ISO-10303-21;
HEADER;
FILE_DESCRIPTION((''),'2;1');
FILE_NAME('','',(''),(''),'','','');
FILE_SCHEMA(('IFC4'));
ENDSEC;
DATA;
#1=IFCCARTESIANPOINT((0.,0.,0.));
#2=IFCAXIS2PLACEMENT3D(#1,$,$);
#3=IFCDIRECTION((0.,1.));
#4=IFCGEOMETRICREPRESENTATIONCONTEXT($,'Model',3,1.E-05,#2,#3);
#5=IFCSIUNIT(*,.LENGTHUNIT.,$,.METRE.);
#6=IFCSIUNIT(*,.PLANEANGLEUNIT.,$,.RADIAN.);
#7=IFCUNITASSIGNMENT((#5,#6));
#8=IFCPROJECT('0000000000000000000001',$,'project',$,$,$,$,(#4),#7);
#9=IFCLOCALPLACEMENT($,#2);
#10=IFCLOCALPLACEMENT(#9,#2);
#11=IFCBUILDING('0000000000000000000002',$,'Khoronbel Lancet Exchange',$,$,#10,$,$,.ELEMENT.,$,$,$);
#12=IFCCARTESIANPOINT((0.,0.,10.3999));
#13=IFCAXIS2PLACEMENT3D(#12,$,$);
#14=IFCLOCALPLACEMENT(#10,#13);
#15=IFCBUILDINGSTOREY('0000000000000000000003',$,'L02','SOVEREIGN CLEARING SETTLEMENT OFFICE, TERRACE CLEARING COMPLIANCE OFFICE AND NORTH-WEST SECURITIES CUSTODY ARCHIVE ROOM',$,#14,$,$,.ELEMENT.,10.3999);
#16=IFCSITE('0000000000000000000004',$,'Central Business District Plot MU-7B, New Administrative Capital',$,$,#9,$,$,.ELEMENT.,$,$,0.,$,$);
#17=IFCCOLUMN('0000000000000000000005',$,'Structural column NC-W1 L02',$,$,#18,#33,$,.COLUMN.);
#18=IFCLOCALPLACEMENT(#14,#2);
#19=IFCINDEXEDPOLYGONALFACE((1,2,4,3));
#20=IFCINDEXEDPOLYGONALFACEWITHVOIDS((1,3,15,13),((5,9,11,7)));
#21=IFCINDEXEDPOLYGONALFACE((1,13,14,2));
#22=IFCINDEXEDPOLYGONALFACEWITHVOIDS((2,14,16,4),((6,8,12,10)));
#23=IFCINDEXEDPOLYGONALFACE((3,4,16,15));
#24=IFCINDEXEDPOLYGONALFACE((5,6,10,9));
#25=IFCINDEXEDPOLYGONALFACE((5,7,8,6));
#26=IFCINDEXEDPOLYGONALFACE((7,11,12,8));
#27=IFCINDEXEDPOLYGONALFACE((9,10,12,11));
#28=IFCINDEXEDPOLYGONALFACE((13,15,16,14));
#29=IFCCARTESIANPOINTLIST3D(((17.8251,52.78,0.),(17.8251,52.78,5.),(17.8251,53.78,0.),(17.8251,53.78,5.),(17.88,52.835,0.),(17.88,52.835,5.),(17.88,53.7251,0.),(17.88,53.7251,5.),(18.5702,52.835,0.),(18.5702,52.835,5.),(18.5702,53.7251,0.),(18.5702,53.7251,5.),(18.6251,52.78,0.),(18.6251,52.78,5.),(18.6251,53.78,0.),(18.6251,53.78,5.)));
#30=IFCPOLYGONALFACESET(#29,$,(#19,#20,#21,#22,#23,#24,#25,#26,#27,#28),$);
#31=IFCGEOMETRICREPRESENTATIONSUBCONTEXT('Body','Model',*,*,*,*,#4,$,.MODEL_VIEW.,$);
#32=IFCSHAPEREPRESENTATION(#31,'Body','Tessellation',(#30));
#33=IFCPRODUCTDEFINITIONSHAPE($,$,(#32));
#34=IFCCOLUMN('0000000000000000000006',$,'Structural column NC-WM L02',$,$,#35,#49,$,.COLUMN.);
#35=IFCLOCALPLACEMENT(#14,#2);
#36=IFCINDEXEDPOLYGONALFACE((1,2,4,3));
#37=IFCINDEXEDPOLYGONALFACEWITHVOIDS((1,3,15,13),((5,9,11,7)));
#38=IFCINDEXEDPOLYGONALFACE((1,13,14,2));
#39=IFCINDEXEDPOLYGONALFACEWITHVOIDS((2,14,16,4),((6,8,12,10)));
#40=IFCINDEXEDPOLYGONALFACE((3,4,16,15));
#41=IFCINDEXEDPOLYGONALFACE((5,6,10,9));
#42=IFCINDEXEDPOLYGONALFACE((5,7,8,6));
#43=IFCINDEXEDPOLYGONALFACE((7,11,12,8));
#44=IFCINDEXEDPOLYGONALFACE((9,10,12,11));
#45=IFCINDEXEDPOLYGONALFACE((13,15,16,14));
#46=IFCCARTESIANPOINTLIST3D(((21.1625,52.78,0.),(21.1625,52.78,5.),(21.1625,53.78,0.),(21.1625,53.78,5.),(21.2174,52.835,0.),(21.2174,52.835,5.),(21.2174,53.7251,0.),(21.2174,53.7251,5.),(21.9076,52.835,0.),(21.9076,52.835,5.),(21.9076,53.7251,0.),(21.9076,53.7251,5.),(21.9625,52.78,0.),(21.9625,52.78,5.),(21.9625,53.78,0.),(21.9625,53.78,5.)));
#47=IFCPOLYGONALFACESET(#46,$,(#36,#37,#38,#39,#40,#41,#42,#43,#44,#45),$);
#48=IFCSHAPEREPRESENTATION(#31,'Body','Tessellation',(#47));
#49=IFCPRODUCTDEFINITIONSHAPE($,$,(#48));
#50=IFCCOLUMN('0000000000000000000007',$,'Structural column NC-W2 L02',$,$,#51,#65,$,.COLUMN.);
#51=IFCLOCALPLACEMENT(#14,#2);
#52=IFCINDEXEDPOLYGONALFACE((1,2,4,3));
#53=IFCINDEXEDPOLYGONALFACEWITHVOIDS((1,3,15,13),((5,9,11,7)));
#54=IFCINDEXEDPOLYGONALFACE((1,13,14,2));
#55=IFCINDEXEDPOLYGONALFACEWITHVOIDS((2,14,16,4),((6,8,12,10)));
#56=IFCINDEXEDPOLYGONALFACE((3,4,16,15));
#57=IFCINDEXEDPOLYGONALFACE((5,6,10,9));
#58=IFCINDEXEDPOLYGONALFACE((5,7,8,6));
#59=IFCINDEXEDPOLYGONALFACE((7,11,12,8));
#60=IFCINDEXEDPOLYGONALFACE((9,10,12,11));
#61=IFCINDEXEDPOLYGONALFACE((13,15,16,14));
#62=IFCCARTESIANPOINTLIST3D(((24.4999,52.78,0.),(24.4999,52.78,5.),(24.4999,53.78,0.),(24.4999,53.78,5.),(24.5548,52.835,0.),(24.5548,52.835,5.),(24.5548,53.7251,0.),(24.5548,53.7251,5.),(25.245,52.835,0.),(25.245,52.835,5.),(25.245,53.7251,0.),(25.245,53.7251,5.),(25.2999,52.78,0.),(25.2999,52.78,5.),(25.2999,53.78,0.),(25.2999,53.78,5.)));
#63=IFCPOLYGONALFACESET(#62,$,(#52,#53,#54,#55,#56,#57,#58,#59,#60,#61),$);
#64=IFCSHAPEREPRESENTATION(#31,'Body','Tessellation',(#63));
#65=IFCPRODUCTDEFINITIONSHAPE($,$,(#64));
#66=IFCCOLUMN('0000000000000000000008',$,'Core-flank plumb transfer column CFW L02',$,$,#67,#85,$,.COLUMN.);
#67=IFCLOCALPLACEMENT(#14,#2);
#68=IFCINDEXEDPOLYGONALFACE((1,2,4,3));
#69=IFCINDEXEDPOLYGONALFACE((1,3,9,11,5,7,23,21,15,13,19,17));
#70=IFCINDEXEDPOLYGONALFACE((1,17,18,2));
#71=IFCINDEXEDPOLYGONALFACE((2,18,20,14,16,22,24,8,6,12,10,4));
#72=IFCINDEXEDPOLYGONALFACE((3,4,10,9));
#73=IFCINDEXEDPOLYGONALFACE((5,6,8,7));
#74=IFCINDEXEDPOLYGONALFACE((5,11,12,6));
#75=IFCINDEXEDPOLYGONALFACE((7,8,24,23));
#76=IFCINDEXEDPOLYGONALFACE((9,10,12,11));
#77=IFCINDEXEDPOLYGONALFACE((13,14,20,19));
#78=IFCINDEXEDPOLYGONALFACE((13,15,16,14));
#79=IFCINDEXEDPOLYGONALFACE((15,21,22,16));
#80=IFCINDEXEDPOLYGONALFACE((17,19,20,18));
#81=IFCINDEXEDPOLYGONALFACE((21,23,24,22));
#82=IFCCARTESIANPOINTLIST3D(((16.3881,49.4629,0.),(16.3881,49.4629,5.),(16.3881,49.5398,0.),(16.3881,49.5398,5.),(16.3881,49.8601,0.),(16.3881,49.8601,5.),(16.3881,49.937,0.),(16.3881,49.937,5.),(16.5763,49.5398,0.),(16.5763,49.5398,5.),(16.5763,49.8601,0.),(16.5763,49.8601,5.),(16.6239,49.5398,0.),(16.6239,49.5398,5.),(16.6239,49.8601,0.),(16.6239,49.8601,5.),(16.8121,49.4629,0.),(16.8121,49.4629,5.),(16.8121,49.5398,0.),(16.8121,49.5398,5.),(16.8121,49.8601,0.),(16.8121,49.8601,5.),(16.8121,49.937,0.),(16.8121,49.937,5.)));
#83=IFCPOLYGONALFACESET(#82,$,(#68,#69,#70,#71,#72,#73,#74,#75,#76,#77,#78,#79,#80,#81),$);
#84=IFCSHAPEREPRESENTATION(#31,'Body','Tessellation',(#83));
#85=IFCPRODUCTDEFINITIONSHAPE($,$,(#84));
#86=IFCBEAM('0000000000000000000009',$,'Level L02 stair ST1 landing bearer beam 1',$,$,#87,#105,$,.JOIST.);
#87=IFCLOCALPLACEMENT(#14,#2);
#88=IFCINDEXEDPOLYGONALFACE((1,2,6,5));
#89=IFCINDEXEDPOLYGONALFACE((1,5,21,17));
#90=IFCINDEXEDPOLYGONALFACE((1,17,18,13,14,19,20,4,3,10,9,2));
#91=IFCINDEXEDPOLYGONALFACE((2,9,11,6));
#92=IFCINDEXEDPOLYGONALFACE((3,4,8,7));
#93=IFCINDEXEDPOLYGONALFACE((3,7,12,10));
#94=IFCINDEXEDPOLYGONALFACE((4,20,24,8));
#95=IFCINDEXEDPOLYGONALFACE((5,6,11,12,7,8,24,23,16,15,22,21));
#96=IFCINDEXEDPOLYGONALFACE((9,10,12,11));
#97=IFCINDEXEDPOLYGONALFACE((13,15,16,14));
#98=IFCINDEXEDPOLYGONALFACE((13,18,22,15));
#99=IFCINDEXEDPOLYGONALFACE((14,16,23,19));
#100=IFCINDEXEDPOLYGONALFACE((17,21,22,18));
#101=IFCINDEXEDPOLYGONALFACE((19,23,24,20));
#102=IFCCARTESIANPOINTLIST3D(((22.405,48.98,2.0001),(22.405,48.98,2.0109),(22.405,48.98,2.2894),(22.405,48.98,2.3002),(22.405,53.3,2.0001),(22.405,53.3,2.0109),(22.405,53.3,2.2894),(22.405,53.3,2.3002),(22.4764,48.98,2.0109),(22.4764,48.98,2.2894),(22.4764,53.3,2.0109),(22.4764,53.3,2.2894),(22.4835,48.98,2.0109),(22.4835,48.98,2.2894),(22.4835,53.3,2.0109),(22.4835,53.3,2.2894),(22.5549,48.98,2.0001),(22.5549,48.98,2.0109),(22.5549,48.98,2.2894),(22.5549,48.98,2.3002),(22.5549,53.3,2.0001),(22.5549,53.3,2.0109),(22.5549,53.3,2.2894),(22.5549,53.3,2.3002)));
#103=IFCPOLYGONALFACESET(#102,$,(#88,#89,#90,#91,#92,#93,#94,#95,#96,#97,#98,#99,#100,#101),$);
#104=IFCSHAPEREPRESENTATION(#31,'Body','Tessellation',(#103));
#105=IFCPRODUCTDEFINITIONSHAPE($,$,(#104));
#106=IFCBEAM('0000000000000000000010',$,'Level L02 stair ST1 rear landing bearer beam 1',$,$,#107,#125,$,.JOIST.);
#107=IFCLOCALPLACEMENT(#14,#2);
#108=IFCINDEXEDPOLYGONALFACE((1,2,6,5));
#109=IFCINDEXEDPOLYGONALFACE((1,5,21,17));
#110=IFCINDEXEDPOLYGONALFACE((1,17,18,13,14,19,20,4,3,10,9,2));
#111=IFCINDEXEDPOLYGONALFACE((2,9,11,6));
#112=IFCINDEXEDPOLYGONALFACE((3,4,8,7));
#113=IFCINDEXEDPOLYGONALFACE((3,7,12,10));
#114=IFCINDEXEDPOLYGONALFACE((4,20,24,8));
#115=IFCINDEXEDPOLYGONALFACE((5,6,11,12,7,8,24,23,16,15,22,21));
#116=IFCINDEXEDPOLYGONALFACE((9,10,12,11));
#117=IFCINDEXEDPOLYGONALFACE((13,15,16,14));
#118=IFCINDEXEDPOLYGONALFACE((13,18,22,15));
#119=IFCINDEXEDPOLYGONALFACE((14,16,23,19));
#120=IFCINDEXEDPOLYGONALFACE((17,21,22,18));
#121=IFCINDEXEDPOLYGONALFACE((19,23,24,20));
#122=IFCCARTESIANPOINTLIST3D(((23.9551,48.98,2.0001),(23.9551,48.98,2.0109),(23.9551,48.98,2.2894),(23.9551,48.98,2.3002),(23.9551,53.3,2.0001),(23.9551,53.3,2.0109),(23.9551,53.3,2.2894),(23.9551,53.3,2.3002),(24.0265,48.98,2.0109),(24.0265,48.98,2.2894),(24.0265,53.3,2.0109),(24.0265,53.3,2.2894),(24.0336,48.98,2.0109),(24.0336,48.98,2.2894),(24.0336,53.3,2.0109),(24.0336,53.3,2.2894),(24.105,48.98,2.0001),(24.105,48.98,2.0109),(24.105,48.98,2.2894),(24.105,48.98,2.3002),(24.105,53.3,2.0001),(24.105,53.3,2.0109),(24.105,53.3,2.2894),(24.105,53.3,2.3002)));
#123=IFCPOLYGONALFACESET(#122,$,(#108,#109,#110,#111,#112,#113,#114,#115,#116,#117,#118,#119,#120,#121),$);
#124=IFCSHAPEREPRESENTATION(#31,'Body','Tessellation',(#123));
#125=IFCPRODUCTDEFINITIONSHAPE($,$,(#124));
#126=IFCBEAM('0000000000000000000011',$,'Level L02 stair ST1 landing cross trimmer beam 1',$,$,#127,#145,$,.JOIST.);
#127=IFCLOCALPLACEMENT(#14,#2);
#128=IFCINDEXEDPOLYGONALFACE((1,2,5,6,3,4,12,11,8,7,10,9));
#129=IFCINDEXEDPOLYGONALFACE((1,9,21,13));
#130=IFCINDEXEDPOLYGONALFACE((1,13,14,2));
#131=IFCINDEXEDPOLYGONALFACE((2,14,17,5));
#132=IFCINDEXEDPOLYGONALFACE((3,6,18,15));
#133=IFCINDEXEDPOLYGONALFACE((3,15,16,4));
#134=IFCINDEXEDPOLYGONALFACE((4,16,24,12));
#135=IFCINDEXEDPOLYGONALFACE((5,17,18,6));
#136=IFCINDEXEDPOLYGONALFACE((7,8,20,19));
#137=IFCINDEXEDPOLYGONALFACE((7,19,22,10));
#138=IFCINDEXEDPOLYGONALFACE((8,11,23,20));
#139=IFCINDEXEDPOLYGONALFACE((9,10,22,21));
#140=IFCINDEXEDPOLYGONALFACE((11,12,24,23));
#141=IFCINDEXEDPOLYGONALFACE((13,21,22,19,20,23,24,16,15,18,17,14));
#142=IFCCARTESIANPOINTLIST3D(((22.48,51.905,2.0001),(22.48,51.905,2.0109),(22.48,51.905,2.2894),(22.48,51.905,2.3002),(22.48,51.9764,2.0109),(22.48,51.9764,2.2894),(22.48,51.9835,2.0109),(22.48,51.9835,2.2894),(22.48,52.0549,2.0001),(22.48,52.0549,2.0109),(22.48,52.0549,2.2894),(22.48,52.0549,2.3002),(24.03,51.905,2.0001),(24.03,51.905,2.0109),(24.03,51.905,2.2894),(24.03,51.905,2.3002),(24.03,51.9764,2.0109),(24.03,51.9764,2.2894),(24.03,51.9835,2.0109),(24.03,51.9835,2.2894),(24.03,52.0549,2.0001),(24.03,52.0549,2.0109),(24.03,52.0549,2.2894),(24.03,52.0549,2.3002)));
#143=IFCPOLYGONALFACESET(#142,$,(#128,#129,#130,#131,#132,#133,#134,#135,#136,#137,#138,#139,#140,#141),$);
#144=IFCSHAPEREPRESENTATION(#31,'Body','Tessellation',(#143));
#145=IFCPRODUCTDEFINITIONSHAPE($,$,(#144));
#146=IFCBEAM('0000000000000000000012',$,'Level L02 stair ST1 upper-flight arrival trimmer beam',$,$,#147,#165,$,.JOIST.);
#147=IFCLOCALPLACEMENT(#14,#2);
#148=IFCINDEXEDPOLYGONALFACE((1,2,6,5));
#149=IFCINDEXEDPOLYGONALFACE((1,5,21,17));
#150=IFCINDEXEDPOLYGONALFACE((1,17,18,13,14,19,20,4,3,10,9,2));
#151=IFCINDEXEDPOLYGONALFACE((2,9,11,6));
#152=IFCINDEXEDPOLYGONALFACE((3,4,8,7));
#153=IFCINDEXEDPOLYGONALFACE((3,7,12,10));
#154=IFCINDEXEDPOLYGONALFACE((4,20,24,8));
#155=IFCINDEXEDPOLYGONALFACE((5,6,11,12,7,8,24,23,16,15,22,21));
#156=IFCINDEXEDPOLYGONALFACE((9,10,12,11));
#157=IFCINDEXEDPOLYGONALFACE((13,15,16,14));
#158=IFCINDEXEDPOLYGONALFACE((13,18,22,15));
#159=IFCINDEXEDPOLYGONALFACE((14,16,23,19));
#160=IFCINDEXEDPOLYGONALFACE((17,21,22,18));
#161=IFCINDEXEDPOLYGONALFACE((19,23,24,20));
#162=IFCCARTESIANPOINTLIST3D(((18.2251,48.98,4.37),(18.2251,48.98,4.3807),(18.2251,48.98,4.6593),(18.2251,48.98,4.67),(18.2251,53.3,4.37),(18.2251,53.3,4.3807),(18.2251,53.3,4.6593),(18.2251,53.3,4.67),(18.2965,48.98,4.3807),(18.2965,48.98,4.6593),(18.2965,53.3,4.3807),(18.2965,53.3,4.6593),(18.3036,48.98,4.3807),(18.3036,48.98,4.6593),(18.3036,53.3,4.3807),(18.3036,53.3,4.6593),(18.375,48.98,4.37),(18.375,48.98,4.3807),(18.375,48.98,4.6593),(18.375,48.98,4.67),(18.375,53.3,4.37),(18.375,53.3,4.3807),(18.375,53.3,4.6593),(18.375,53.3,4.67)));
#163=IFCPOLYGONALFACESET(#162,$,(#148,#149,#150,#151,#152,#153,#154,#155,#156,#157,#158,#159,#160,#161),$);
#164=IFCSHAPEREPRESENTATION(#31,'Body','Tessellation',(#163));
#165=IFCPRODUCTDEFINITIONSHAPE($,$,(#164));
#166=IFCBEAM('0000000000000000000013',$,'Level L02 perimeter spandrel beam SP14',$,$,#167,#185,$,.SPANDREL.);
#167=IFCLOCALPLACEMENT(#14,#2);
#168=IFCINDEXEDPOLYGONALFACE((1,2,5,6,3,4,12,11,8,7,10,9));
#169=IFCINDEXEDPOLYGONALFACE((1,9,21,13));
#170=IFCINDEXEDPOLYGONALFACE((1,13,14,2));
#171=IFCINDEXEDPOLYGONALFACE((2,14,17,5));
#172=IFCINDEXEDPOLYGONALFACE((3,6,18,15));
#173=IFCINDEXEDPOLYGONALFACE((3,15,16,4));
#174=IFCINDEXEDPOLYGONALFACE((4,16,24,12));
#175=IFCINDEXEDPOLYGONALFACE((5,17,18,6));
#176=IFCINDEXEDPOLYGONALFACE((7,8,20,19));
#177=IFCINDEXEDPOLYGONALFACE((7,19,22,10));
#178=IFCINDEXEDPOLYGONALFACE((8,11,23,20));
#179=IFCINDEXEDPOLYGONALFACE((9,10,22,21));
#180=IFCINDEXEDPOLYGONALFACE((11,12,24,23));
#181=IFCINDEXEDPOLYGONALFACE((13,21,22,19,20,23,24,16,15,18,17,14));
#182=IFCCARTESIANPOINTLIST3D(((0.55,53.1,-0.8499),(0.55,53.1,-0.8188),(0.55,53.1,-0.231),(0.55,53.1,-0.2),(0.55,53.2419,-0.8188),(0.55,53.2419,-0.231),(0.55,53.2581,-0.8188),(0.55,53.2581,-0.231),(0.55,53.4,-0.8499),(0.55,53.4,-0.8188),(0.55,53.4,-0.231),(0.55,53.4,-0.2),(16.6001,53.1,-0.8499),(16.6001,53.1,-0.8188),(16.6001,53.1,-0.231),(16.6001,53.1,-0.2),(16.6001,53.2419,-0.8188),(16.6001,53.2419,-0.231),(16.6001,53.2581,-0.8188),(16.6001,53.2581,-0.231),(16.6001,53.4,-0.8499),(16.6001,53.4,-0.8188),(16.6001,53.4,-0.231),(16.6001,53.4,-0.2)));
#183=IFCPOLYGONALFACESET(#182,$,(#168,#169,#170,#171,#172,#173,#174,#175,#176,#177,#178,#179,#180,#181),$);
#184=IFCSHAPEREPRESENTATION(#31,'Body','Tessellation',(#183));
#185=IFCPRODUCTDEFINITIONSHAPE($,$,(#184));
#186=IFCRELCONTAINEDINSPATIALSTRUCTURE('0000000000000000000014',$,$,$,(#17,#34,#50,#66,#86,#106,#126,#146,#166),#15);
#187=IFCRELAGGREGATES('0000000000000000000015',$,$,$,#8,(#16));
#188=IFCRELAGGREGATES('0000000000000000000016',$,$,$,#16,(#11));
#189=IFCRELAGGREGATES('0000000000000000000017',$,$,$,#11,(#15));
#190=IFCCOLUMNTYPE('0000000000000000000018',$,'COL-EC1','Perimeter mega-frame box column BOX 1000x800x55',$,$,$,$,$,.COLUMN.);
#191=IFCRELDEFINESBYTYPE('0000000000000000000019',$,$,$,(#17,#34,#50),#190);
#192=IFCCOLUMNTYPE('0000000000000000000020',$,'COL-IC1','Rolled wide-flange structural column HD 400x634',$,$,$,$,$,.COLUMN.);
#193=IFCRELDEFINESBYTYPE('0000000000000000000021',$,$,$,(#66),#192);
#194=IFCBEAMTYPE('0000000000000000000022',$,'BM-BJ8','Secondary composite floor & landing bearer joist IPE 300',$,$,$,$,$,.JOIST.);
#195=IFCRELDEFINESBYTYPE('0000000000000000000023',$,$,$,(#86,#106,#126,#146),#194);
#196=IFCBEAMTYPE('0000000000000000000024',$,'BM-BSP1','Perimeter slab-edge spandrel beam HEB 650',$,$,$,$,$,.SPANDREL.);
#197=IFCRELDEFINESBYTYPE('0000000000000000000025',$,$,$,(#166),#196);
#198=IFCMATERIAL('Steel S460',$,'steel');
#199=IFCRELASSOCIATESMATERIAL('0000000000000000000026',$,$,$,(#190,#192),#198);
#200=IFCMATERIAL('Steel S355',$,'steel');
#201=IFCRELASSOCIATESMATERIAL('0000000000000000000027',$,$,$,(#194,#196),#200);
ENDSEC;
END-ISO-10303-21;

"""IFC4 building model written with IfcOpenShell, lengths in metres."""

from ifc_helpers import new_model, si_unit, direction, frame, origin, origin_2d, place, context, subcontext, project, spatial, hollow_rectangle, i_section, extrude, material, material_profile, profile_set, type_object, element, save


model = new_model("IFC4")

# Units and contexts
model_context = context("Model", 3, precision=1e-05, world=origin(), true_north=direction((0.0, 1.0)))
body_context = subcontext(model_context, "Body", "Model", "MODEL_VIEW")
ifc_project = project(units=[si_unit("LENGTHUNIT", "METRE"), si_unit("PLANEANGLEUNIT", "RADIAN")], contexts=[model_context])

# Site, building, storey
site_placement = place(None, origin())
site = spatial("IfcSite", under=ifc_project, at=site_placement, Name="Central Business District Plot MU-7B, New Administrative Capital", CompositionType="ELEMENT", RefElevation=0.0)
building_placement = place(site_placement, origin())
building = spatial("IfcBuilding", under=site, at=building_placement, Name="Khoronbel Lancet Exchange", CompositionType="ELEMENT")
storey_placement = place(building_placement, frame((0.0, 0.0, 10.3999)))
storey = spatial("IfcBuildingStorey", under=building, at=storey_placement, Name="L02", Description="SOVEREIGN CLEARING SETTLEMENT OFFICE, TERRACE CLEARING COMPLIANCE OFFICE AND NORTH-WEST SECURITIES CUSTODY ARCHIVE ROOM", CompositionType="ELEMENT", Elevation=10.3999)

# Columns
ifc_material_1 = material(Name="Steel S460", Category="steel")
ifc_material_profile_1 = material_profile(ifc_material_1, hollow_rectangle(XDim=0.8, YDim=1.0, WallThickness=0.0549, at=origin_2d()), Name="BOX 1000x800x55")
ifc_profile_set_1 = profile_set([ifc_material_profile_1], Name="Steel S460")
column_type_1 = type_object("IfcColumnType", Name="COL-EC1", Description="Perimeter mega-frame box column BOX 1000x800x55", PredefinedType="COLUMN", material=ifc_profile_set_1)
for number, where, z_axis, x_axis, name in (
    (1, (18.2251, 53.28, 0.0), (0.0, 0.0, 1.0), (1.0, 0.0, 0.0), "Structural column NC-W1 L02"),
    (2, (21.5625, 53.28, 0.0), (0.0, 0.0, 1.0), (1.0, 0.0, 0.0), "Structural column NC-WM L02"),
    (3, (24.8999, 53.28, 0.0), (0.0, 0.0, 1.0), (1.0, 0.0, 0.0), "Structural column NC-W2 L02"),
):
    element("IfcColumn", number, at=place(storey_placement, frame(where, z_axis=z_axis, x_axis=x_axis)), inside=storey, type_object=column_type_1, Name=name, PredefinedType="COLUMN", context=body_context, shape_type="SweptSolid", body=[
        extrude(hollow_rectangle(XDim=0.8, YDim=1.0, WallThickness=0.0549, at=origin_2d()), origin(), (0.0, 0.0, 1.0), 5.0),
    ])
ifc_material_profile_2 = material_profile(ifc_material_1, i_section(OverallWidth=0.4241, OverallDepth=0.4741, WebThickness=0.0476, FlangeThickness=0.0769, at=origin_2d()), Name="HD 400x634")
ifc_profile_set_2 = profile_set([ifc_material_profile_2], Name="Steel S460")
column_type_2 = type_object("IfcColumnType", Name="COL-IC1", Description="Rolled wide-flange structural column HD 400x634", PredefinedType="COLUMN", material=ifc_profile_set_2)
column_placement = place(storey_placement, frame((16.6001, 49.7, 0.0), z_axis=(0.0, 0.0, 1.0), x_axis=(1.0, 0.0, 0.0)))
element("IfcColumn", 4, at=column_placement, inside=storey, type_object=column_type_2, Name="Core-flank plumb transfer column CFW L02", PredefinedType="COLUMN", context=body_context, shape_type="SweptSolid", body=[
    extrude(i_section(OverallWidth=0.4241, OverallDepth=0.4741, WebThickness=0.0476, FlangeThickness=0.0769, at=origin_2d()), origin(), (0.0, 0.0, 1.0), 5.0),
])

# Beams
ifc_material_2 = material(Name="Steel S355", Category="steel")
ifc_material_profile_3 = material_profile(ifc_material_2, i_section(OverallWidth=0.1499, OverallDepth=0.3, WebThickness=0.0071, FlangeThickness=0.0107, at=origin_2d()), Name="IPE 300")
ifc_profile_set_3 = profile_set([ifc_material_profile_3], Name="Steel S355")
beam_type_1 = type_object("IfcBeamType", Name="BM-BJ8", Description="Secondary composite floor & landing bearer joist IPE 300", PredefinedType="JOIST", material=ifc_profile_set_3)
for number, where, z_axis, x_axis, name in (
    (5, (22.48, 48.98, 2.1501), (0.0, 1.0, 0.0), (-1.0, 0.0, 0.0), "Level L02 stair ST1 landing bearer beam 1"),
    (6, (24.03, 48.98, 2.1501), (0.0, 1.0, 0.0), (-1.0, 0.0, 0.0), "Level L02 stair ST1 rear landing bearer beam 1"),
):
    element("IfcBeam", number, at=place(storey_placement, frame(where, z_axis=z_axis, x_axis=x_axis)), inside=storey, type_object=beam_type_1, Name=name, PredefinedType="JOIST", context=body_context, shape_type="SweptSolid", body=[
        extrude(i_section(OverallWidth=0.1499, OverallDepth=0.3, WebThickness=0.0071, FlangeThickness=0.0107, at=origin_2d()), origin(), (0.0, 0.0, 1.0), 4.3201),
    ])
beam_1_placement = place(storey_placement, frame((22.48, 51.98, 2.1501), z_axis=(1.0, 0.0, 0.0), x_axis=(0.0, 1.0, 0.0)))
element("IfcBeam", 7, at=beam_1_placement, inside=storey, type_object=beam_type_1, Name="Level L02 stair ST1 landing cross trimmer beam 1", PredefinedType="JOIST", context=body_context, shape_type="SweptSolid", body=[
    extrude(i_section(OverallWidth=0.1499, OverallDepth=0.3, WebThickness=0.0071, FlangeThickness=0.0107, at=origin_2d()), origin(), (0.0, 0.0, 1.0), 1.55),
])
beam_2_placement = place(storey_placement, frame((18.3, 48.98, 4.52), z_axis=(0.0, 1.0, 0.0), x_axis=(-1.0, 0.0, 0.0)))
element("IfcBeam", 8, at=beam_2_placement, inside=storey, type_object=beam_type_1, Name="Level L02 stair ST1 upper-flight arrival trimmer beam", PredefinedType="JOIST", context=body_context, shape_type="SweptSolid", body=[
    extrude(i_section(OverallWidth=0.1499, OverallDepth=0.3, WebThickness=0.0071, FlangeThickness=0.0107, at=origin_2d()), origin(), (0.0, 0.0, 1.0), 4.3201),
])
ifc_material_profile_4 = material_profile(ifc_material_2, i_section(OverallWidth=0.3, OverallDepth=0.6499, WebThickness=0.0161, FlangeThickness=0.031, at=origin_2d()), Name="HEB 650")
ifc_profile_set_4 = profile_set([ifc_material_profile_4], Name="Steel S355")
beam_type_2 = type_object("IfcBeamType", Name="BM-BSP1", Description="Perimeter slab-edge spandrel beam HEB 650", PredefinedType="SPANDREL", material=ifc_profile_set_4)
beam_3_placement = place(storey_placement, frame((16.6001, 53.25, -0.5249), z_axis=(-1.0, 0.0, 0.0), x_axis=(0.0, -1.0, 0.0)))
element("IfcBeam", 9, at=beam_3_placement, inside=storey, type_object=beam_type_2, Name="Level L02 perimeter spandrel beam SP14", PredefinedType="SPANDREL", context=body_context, shape_type="SweptSolid", body=[
    extrude(i_section(OverallWidth=0.3, OverallDepth=0.6499, WebThickness=0.0161, FlangeThickness=0.031, at=origin_2d()), origin(), (0.0, 0.0, 1.0), 16.05),
])

save(model, "model.ifc")
